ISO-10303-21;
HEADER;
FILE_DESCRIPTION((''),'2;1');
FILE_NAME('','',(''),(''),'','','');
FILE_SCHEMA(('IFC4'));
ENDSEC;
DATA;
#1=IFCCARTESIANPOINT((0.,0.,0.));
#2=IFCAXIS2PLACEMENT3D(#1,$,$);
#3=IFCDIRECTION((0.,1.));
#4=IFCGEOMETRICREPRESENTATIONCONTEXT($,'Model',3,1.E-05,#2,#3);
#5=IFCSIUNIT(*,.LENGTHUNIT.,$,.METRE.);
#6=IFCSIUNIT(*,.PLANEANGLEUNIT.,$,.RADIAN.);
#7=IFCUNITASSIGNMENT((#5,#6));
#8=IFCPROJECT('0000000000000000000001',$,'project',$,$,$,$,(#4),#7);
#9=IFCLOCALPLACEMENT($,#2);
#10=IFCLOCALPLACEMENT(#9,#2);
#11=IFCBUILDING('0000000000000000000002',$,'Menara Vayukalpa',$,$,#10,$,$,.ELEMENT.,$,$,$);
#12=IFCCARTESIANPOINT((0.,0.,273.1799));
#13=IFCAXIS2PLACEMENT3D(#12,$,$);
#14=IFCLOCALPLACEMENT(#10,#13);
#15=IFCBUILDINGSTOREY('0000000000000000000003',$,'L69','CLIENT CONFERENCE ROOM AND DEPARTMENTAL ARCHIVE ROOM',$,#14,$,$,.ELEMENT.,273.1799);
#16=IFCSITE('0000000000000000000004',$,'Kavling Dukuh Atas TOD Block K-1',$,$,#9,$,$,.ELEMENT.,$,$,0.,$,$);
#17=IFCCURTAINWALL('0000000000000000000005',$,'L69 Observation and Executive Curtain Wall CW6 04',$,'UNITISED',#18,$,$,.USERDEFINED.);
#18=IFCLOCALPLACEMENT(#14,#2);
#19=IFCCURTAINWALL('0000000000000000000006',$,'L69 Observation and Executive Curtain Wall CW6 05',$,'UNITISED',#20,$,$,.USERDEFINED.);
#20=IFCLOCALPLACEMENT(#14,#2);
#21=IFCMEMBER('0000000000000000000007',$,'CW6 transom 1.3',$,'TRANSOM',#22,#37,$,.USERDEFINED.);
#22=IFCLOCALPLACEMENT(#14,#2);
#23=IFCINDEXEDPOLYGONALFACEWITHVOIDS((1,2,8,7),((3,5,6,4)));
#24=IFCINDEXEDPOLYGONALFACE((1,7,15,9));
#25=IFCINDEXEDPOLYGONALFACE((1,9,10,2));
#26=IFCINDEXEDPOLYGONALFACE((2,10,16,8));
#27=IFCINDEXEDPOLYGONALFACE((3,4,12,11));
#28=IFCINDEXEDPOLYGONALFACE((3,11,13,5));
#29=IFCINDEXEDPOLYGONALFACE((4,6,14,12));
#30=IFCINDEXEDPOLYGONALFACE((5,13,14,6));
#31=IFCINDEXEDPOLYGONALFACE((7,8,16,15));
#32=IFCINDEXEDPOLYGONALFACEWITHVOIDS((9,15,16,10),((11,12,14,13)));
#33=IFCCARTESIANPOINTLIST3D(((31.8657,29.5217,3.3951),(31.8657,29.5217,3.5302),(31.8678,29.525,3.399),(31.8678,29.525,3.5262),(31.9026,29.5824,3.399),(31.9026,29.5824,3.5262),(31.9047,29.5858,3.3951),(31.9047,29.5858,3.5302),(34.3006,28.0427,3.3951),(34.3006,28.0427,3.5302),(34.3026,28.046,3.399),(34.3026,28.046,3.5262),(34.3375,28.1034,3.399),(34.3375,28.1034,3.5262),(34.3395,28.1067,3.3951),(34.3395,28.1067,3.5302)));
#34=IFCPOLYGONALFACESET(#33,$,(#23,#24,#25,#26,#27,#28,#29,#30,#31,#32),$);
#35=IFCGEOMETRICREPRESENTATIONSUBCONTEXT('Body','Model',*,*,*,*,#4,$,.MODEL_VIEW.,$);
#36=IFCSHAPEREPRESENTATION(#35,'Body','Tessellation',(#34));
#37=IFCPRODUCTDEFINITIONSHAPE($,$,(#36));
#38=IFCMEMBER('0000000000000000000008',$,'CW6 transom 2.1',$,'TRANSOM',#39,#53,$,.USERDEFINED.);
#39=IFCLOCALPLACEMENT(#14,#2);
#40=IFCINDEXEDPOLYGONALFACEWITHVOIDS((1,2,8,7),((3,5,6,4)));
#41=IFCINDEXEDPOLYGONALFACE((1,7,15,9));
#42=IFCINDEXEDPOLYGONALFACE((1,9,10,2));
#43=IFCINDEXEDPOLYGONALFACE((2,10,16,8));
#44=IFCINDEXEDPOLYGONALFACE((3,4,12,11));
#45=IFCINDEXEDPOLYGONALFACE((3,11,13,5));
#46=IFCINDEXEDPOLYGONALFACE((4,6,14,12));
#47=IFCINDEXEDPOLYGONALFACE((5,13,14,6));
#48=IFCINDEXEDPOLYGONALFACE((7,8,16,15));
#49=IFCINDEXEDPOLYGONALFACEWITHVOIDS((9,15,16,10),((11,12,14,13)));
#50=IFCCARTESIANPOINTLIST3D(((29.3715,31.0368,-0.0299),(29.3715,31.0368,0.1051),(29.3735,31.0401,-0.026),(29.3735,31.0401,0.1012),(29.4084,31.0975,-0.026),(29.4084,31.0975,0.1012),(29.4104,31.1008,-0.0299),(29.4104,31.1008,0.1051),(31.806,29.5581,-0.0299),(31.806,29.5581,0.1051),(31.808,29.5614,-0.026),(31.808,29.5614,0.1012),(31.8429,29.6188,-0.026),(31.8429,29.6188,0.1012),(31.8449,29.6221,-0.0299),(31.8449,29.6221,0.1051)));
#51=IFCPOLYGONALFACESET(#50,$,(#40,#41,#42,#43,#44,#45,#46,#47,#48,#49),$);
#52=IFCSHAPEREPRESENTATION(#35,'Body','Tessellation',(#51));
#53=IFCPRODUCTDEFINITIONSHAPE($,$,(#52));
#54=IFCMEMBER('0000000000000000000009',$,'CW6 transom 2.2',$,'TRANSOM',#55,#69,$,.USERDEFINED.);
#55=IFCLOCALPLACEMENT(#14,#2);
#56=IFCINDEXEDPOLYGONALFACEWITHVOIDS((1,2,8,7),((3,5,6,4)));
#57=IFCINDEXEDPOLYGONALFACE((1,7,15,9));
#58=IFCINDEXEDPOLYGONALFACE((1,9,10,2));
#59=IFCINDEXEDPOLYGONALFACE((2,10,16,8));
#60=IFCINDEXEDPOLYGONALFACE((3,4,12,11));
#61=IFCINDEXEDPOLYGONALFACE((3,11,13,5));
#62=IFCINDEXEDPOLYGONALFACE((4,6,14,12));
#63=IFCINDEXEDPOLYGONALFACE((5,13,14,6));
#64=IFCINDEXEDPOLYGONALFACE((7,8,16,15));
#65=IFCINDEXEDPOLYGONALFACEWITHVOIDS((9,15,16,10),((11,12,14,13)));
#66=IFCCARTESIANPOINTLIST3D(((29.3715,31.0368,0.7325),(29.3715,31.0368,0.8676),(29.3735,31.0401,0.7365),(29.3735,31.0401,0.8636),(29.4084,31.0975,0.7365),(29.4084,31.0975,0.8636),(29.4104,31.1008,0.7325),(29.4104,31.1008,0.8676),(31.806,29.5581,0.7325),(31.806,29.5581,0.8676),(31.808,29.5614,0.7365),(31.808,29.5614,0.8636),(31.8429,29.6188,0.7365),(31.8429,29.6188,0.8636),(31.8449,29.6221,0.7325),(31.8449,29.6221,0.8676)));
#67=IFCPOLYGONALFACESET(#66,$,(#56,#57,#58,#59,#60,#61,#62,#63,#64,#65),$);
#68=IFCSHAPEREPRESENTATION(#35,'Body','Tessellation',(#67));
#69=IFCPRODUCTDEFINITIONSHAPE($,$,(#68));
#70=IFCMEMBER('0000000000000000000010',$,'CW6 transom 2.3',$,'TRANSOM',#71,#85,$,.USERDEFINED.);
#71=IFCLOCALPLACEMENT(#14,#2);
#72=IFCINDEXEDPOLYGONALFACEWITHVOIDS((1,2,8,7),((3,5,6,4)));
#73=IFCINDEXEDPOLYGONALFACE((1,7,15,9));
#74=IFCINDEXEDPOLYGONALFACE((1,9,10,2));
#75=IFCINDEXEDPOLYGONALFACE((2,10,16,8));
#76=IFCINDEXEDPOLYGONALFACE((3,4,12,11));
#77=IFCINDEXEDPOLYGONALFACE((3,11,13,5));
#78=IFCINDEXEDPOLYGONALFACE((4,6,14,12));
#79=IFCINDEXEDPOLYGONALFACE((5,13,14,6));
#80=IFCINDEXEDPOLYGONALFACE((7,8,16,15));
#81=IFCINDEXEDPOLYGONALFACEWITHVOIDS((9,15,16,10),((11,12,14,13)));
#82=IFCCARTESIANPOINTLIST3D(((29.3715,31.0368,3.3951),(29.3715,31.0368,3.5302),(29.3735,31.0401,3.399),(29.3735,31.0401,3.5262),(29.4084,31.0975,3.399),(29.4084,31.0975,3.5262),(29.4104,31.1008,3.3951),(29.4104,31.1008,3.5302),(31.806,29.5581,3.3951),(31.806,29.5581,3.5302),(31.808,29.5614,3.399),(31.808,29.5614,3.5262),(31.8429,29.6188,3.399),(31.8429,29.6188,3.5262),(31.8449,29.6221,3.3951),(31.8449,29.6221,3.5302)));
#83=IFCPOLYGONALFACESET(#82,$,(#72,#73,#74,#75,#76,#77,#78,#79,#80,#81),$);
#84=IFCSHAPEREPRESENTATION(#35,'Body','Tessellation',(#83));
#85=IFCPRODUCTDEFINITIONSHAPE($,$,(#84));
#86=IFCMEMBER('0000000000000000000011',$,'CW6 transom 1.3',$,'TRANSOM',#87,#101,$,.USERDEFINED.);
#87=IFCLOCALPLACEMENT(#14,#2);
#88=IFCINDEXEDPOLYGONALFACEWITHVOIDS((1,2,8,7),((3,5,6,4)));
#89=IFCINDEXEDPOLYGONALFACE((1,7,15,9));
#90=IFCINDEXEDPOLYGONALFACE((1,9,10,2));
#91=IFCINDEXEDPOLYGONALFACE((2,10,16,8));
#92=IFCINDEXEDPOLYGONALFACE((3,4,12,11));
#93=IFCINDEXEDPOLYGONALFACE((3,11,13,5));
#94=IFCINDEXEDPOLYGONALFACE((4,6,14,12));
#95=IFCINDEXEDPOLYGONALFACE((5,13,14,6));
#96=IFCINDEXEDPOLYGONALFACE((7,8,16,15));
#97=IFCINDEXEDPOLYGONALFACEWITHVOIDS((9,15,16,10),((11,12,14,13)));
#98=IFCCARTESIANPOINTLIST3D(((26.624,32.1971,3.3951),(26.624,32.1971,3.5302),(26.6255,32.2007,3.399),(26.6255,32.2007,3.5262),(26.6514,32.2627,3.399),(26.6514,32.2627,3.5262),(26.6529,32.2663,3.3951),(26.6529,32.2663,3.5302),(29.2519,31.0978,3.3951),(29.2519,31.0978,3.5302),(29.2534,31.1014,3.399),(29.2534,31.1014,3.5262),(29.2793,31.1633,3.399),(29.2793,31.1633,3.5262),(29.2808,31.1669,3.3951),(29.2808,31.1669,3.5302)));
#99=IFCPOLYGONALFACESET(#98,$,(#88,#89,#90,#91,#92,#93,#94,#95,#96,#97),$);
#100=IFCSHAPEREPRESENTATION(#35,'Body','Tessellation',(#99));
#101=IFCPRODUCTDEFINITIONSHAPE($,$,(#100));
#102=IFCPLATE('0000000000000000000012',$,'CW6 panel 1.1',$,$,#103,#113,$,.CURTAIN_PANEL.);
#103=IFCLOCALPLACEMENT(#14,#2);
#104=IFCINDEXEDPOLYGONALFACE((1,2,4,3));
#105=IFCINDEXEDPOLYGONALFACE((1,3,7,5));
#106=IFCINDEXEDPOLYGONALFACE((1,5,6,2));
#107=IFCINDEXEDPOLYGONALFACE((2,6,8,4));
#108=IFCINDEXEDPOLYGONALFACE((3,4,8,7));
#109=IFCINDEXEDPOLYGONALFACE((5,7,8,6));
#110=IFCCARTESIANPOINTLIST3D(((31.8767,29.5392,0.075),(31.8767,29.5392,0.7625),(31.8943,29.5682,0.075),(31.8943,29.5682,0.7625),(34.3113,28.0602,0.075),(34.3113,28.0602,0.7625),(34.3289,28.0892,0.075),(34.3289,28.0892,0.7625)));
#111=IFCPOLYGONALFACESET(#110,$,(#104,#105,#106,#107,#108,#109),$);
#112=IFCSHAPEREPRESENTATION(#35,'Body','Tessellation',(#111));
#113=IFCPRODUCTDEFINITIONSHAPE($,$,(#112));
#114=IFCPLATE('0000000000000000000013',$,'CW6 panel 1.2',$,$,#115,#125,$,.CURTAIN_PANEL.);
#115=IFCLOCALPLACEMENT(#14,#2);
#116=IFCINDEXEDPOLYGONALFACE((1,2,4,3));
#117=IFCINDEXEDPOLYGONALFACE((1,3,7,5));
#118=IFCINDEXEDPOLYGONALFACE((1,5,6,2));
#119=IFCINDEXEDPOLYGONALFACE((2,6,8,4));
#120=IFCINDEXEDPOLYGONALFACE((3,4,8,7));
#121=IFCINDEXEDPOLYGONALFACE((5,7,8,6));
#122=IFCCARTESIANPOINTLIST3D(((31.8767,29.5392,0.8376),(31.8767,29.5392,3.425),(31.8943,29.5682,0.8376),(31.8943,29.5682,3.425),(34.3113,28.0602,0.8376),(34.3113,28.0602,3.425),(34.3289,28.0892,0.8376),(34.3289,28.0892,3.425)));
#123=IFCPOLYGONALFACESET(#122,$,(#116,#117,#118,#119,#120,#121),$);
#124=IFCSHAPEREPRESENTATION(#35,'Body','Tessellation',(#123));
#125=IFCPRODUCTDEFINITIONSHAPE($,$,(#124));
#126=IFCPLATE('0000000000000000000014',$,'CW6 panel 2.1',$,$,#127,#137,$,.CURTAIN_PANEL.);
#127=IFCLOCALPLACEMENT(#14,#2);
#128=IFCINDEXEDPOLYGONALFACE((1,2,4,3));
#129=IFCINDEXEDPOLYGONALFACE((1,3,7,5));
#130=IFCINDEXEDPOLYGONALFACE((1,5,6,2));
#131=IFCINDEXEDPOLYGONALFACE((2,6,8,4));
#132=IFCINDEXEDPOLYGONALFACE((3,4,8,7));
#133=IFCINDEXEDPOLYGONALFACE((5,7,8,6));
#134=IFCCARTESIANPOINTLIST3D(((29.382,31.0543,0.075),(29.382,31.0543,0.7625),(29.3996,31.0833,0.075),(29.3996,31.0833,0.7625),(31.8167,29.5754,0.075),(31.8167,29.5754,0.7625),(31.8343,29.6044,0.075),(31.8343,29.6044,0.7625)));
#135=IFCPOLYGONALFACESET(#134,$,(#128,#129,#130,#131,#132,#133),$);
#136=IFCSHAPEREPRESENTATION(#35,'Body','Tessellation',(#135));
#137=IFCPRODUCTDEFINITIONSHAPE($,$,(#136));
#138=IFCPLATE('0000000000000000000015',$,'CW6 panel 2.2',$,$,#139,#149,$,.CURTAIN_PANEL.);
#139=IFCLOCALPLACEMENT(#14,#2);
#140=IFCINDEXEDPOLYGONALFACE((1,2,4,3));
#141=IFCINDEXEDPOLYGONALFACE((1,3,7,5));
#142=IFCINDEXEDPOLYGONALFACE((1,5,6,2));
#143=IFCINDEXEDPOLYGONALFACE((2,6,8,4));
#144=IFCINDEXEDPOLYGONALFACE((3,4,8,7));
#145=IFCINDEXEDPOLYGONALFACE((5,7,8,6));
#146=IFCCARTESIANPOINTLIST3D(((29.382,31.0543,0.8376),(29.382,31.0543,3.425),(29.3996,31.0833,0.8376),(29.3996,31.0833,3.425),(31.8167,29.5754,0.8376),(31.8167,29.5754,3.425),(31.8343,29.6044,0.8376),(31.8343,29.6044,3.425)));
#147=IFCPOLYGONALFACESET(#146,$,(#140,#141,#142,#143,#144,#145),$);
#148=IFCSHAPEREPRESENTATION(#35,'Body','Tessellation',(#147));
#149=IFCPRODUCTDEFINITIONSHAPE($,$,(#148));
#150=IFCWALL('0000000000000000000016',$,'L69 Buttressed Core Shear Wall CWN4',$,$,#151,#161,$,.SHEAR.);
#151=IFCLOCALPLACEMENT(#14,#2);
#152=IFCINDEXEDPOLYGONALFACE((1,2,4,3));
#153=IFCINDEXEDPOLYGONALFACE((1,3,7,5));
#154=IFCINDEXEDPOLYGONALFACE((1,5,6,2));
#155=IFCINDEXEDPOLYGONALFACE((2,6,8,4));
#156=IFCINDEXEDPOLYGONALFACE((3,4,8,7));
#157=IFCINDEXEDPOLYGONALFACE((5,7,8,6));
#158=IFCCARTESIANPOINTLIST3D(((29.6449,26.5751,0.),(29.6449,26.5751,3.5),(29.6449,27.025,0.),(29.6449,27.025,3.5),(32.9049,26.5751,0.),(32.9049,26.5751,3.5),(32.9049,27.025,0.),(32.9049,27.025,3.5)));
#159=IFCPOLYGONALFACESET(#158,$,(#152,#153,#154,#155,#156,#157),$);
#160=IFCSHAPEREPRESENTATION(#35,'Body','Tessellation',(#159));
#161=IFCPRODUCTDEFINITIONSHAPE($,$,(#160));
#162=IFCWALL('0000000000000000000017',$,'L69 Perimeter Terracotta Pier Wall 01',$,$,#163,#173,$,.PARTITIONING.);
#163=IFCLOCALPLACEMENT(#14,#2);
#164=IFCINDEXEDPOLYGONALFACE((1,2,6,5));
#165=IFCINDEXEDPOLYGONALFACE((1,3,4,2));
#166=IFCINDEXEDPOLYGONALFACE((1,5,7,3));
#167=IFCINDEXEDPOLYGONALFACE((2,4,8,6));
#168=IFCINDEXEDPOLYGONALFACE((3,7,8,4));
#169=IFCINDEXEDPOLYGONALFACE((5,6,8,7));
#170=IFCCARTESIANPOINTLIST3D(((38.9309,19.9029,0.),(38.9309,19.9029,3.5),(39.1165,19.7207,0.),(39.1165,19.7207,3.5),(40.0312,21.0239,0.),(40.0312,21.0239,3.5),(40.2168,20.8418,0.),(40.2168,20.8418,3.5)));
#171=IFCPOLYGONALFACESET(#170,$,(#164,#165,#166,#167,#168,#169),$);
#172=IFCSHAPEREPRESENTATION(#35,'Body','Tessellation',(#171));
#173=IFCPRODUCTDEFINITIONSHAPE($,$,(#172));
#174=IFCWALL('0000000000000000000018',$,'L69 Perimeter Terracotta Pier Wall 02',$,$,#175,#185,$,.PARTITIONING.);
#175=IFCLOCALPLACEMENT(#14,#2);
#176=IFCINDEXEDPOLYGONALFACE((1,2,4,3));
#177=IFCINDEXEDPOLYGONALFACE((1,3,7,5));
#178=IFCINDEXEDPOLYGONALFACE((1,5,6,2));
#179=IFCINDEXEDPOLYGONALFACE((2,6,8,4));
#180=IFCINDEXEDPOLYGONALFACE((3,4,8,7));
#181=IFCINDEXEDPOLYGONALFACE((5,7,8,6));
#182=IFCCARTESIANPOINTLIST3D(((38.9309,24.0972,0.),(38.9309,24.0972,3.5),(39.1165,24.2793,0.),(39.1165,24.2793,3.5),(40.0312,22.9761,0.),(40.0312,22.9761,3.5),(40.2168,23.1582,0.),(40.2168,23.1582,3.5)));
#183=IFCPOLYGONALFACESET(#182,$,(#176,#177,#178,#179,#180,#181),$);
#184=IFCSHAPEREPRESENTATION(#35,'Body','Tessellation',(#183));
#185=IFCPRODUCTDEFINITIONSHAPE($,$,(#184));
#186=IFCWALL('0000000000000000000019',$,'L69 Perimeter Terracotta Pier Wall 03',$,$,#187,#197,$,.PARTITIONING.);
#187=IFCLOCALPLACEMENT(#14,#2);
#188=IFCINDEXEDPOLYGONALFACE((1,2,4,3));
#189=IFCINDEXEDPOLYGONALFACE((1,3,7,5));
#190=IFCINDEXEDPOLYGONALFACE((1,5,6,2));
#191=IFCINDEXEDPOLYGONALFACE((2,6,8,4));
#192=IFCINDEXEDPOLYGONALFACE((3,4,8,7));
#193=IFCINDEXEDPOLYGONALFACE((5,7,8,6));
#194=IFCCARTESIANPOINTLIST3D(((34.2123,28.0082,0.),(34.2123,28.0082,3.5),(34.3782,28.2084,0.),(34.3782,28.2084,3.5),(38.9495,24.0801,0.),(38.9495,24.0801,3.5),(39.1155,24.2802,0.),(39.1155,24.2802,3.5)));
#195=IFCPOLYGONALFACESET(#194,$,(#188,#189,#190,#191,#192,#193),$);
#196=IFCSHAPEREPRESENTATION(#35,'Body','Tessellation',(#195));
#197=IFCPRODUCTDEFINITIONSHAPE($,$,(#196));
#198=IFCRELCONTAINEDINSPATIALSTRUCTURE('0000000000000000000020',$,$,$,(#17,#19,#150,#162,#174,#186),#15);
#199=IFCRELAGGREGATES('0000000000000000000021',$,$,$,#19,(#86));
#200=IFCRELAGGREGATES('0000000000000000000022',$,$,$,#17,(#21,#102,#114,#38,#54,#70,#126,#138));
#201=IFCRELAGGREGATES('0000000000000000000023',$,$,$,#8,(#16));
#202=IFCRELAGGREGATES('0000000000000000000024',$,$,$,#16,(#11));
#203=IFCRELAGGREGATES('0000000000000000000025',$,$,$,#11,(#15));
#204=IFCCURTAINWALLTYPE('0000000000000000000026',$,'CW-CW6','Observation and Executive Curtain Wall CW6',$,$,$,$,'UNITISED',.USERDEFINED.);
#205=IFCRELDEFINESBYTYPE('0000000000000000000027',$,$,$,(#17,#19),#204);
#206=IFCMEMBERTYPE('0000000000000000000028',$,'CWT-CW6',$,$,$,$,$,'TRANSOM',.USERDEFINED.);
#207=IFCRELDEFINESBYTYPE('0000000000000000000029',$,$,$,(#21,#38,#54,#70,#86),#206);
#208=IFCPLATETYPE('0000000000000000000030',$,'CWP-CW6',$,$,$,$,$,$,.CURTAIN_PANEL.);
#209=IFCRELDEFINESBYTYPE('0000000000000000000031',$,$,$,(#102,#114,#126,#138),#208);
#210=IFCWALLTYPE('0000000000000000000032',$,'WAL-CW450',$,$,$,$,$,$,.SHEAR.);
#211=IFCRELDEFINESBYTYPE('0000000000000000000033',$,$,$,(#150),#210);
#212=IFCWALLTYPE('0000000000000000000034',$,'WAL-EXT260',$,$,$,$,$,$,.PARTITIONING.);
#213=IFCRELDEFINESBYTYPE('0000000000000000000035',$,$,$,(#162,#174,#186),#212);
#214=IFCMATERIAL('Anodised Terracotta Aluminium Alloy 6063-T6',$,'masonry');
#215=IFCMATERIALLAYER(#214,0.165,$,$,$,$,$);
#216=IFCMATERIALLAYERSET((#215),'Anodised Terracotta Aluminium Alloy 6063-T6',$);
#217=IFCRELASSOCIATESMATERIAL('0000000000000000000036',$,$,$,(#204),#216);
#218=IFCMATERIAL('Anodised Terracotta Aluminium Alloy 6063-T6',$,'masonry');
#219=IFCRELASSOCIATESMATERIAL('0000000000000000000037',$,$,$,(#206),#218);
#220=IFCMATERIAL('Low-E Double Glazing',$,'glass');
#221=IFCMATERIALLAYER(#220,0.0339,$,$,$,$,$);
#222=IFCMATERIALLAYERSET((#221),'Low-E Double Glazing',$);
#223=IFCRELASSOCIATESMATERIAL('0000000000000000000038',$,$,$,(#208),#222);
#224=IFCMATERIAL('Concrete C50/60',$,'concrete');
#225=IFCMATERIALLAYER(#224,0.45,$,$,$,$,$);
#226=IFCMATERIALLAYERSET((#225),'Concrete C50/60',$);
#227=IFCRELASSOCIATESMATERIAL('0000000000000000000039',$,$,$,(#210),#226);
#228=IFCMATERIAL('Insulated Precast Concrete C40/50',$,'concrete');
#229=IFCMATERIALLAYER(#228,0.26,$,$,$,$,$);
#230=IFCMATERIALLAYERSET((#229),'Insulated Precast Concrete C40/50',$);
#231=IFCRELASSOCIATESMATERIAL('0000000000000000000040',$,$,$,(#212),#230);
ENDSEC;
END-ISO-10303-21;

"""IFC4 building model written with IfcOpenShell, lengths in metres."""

from ifc_helpers import new_model, si_unit, direction, frame, frame_2d, origin, origin_2d, place, context, subcontext, project, spatial, rectangle, hollow_rectangle, extrude, material, layer, layer_set, material_profile, profile_set, type_object, element, aggregate, save


model = new_model("IFC4")

# Units and contexts
model_context = context("Model", 3, precision=1e-05, world=origin(), true_north=direction((0.0, 1.0)))
body_context = subcontext(model_context, "Body", "Model", "MODEL_VIEW")
ifc_project = project(units=[si_unit("LENGTHUNIT", "METRE"), si_unit("PLANEANGLEUNIT", "RADIAN")], contexts=[model_context])

# Site, building, storey
site_placement = place(None, origin())
site = spatial("IfcSite", under=ifc_project, at=site_placement, Name="Kavling Dukuh Atas TOD Block K-1", CompositionType="ELEMENT", RefElevation=0.0)
building_placement = place(site_placement, origin())
building = spatial("IfcBuilding", under=site, at=building_placement, Name="Menara Vayukalpa", CompositionType="ELEMENT")
storey_placement = place(building_placement, frame((0.0, 0.0, 273.1799)))
storey = spatial("IfcBuildingStorey", under=building, at=storey_placement, Name="L69", Description="CLIENT CONFERENCE ROOM AND DEPARTMENTAL ARCHIVE ROOM", CompositionType="ELEMENT", Elevation=273.1799)

# Curtain wall
ifc_material_1 = material(Name="Anodised Terracotta Aluminium Alloy 6063-T6", Category="masonry")
ifc_layer_1 = layer(ifc_material_1, 0.165)
ifc_layer_set_1 = layer_set([ifc_layer_1], Name="Anodised Terracotta Aluminium Alloy 6063-T6")
curtain_wall_type = type_object("IfcCurtainWallType", Name="CW-CW6", Description="Observation and Executive Curtain Wall CW6", ElementType="UNITISED", PredefinedType="USERDEFINED", material=ifc_layer_set_1)
curtain_wall_1_placement = place(storey_placement, origin())
curtain_wall_1 = element("IfcCurtainWall", 1, at=curtain_wall_1_placement, inside=storey, type_object=curtain_wall_type, Name="L69 Observation and Executive Curtain Wall CW6 04", ObjectType="UNITISED", PredefinedType="USERDEFINED")

# Curtain wall
curtain_wall_2_placement = place(storey_placement, origin())
curtain_wall_2 = element("IfcCurtainWall", 2, at=curtain_wall_2_placement, inside=storey, type_object=curtain_wall_type, Name="L69 Observation and Executive Curtain Wall CW6 05", ObjectType="UNITISED", PredefinedType="USERDEFINED")

# Members
ifc_material_2 = material(Name="Anodised Terracotta Aluminium Alloy 6063-T6", Category="masonry")
ifc_material_profile_1 = material_profile(ifc_material_2, hollow_rectangle(XDim=0.075, YDim=0.135, WallThickness=0.0039, at=origin_2d()), Name="ALU 75x135x4")
ifc_profile_set_1 = profile_set([ifc_material_profile_1], Name="Anodised Terracotta Aluminium Alloy 6063-T6")
member_type_1 = type_object("IfcMemberType", Name="CWT-CW6", ElementType="TRANSOM", PredefinedType="USERDEFINED", material=ifc_profile_set_1)
member_1_placement = place(storey_placement, frame((34.3201, 28.0747, 3.4626), z_axis=(-0.854675, 0.519164, 0.0), x_axis=(-0.519164, -0.854675, 0.0)))
member_1 = element("IfcMember", 3, at=member_1_placement, type_object=member_type_1, Name="CW6 transom 1.3", ObjectType="TRANSOM", PredefinedType="USERDEFINED", context=body_context, shape_type="SweptSolid", body=[
    extrude(hollow_rectangle(XDim=0.075, YDim=0.135, WallThickness=0.0039, at=origin_2d()), origin(), (0.0, 0.0, 1.0), 2.8489),
])
member_2_placement = place(storey_placement, frame((31.8254, 29.5901, 0.0376), z_axis=(-0.85469, 0.519139, 0.0), x_axis=(-0.519139, -0.85469, 0.0)))
member_2 = element("IfcMember", 4, at=member_2_placement, type_object=member_type_1, Name="CW6 transom 2.1", ObjectType="TRANSOM", PredefinedType="USERDEFINED", context=body_context, shape_type="SweptSolid", body=[
    extrude(hollow_rectangle(XDim=0.075, YDim=0.135, WallThickness=0.0039, at=origin_2d()), origin(), (0.0, 0.0, 1.0), 2.8484),
])
member_3_placement = place(storey_placement, frame((31.8254, 29.5901, 0.8), z_axis=(-0.85469, 0.519139, 0.0), x_axis=(-0.519139, -0.85469, 0.0)))
member_3 = element("IfcMember", 5, at=member_3_placement, type_object=member_type_1, Name="CW6 transom 2.2", ObjectType="TRANSOM", PredefinedType="USERDEFINED", context=body_context, shape_type="SweptSolid", body=[
    extrude(hollow_rectangle(XDim=0.075, YDim=0.135, WallThickness=0.0039, at=origin_2d()), origin(), (0.0, 0.0, 1.0), 2.8484),
])
member_4_placement = place(storey_placement, frame((31.8254, 29.5901, 3.4626), z_axis=(-0.85469, 0.519139, 0.0), x_axis=(-0.519139, -0.85469, 0.0)))
member_4 = element("IfcMember", 6, at=member_4_placement, type_object=member_type_1, Name="CW6 transom 2.3", ObjectType="TRANSOM", PredefinedType="USERDEFINED", context=body_context, shape_type="SweptSolid", body=[
    extrude(hollow_rectangle(XDim=0.075, YDim=0.135, WallThickness=0.0039, at=origin_2d()), origin(), (0.0, 0.0, 1.0), 2.8484),
])
member_5_placement = place(storey_placement, frame((29.2664, 31.1323, 3.4626), z_axis=(-0.922528, 0.385929, 0.0), x_axis=(-0.385929, -0.922528, 0.0)))
member_5 = element("IfcMember", 7, at=member_5_placement, type_object=member_type_1, Name="CW6 transom 1.3", ObjectType="TRANSOM", PredefinedType="USERDEFINED", context=body_context, shape_type="SweptSolid", body=[
    extrude(hollow_rectangle(XDim=0.075, YDim=0.135, WallThickness=0.0039, at=origin_2d()), origin(), (0.0, 0.0, 1.0), 2.8486),
])
aggregate(curtain_wall_2, [member_5])

# Plates
ifc_material_3 = material(Name="Low-E Double Glazing", Category="glass")
ifc_layer_2 = layer(ifc_material_3, 0.0339)
ifc_layer_set_2 = layer_set([ifc_layer_2], Name="Low-E Double Glazing")
plate_type = type_object("IfcPlateType", Name="CWP-CW6", PredefinedType="CURTAIN_PANEL", material=ifc_layer_set_2)
plate_1_placement = place(storey_placement, frame((33.1028, 28.8142, 0.075), z_axis=(0.0, 0.0, 1.0), x_axis=(-0.854668, 0.519176, 0.0)))
plate_1 = element("IfcPlate", 8, at=plate_1_placement, type_object=plate_type, Name="CW6 panel 1.1", PredefinedType="CURTAIN_PANEL", context=body_context, shape_type="SweptSolid", body=[
    extrude(rectangle(XDim=2.8486, YDim=0.0339, at=origin_2d()), origin(), (0.0, 0.0, 1.0), 0.6875),
])
plate_2_placement = place(storey_placement, frame((33.1028, 28.8142, 0.8376), z_axis=(0.0, 0.0, 1.0), x_axis=(-0.854668, 0.519176, 0.0)))
plate_2 = element("IfcPlate", 9, at=plate_2_placement, type_object=plate_type, Name="CW6 panel 1.2", PredefinedType="CURTAIN_PANEL", context=body_context, shape_type="SweptSolid", body=[
    extrude(rectangle(XDim=2.8486, YDim=0.0339, at=origin_2d()), origin(), (0.0, 0.0, 1.0), 2.5874),
])
plate_3_placement = place(storey_placement, frame((30.6082, 30.3293, 0.075), z_axis=(0.0, 0.0, 1.0), x_axis=(-0.854668, 0.519176, 0.0)))
plate_3 = element("IfcPlate", 10, at=plate_3_placement, type_object=plate_type, Name="CW6 panel 2.1", PredefinedType="CURTAIN_PANEL", context=body_context, shape_type="SweptSolid", body=[
    extrude(rectangle(XDim=2.8486, YDim=0.0339, at=origin_2d()), origin(), (0.0, 0.0, 1.0), 0.6875),
])
plate_4_placement = place(storey_placement, frame((30.6082, 30.3293, 0.8376), z_axis=(0.0, 0.0, 1.0), x_axis=(-0.854668, 0.519176, 0.0)))
plate_4 = element("IfcPlate", 11, at=plate_4_placement, type_object=plate_type, Name="CW6 panel 2.2", PredefinedType="CURTAIN_PANEL", context=body_context, shape_type="SweptSolid", body=[
    extrude(rectangle(XDim=2.8486, YDim=0.0339, at=origin_2d()), origin(), (0.0, 0.0, 1.0), 2.5874),
])
aggregate(curtain_wall_1, [member_1, plate_1, plate_2, member_2, member_3, member_4, plate_3, plate_4])

# Walls
ifc_material_4 = material(Name="Concrete C50/60", Category="concrete")
ifc_layer_3 = layer(ifc_material_4, 0.45)
ifc_layer_set_3 = layer_set([ifc_layer_3], Name="Concrete C50/60")
wall_type_1 = type_object("IfcWallType", Name="WAL-CW450", PredefinedType="SHEAR", material=ifc_layer_set_3)
wall_1_placement = place(storey_placement, frame((29.645, 26.8, 0.0), z_axis=(0.0, 0.0, 1.0), x_axis=(1.0, 0.0, 0.0)))
element("IfcWall", 12, at=wall_1_placement, inside=storey, type_object=wall_type_1, Name="L69 Buttressed Core Shear Wall CWN4", PredefinedType="SHEAR", context=body_context, shape_type="SweptSolid", body=[
    extrude(rectangle(XDim=3.26, YDim=0.45, at=frame_2d((1.6299, 0.0))), origin(), (0.0, 0.0, 1.0), 3.5),
])
ifc_material_5 = material(Name="Insulated Precast Concrete C40/50", Category="concrete")
ifc_layer_4 = layer(ifc_material_5, 0.26)
ifc_layer_set_4 = layer_set([ifc_layer_4], Name="Insulated Precast Concrete C40/50")
wall_type_2 = type_object("IfcWallType", Name="WAL-EXT260", PredefinedType="PARTITIONING", material=ifc_layer_set_4)
for number, where, z_axis, x_axis, name in (
    (13, (40.124, 20.9329, 0.0), (0.0, 0.0, 1.0), (-0.700471, -0.713681, 0.0), "L69 Perimeter Terracotta Pier Wall 01"),
    (14, (39.0237, 24.1882, 0.0), (0.0, 0.0, 1.0), (0.700471, -0.713681, 0.0), "L69 Perimeter Terracotta Pier Wall 02"),
):
    element("IfcWall", number, at=place(storey_placement, frame(where, z_axis=z_axis, x_axis=x_axis)), inside=storey, type_object=wall_type_2, Name=name, PredefinedType="PARTITIONING", context=body_context, shape_type="SweptSolid", body=[
        extrude(rectangle(XDim=1.5708, YDim=0.26, at=frame_2d((0.7854, 0.0))), origin(), (0.0, 0.0, 1.0), 3.5),
    ])
wall_2_placement = place(storey_placement, frame((34.2952, 28.1084, 0.0), z_axis=(0.0, 0.0, 1.0), x_axis=(0.76978, -0.638309, 0.0)))
element("IfcWall", 15, at=wall_2_placement, inside=storey, type_object=wall_type_2, Name="L69 Perimeter Terracotta Pier Wall 03", PredefinedType="PARTITIONING", context=body_context, shape_type="SweptSolid", body=[
    extrude(rectangle(XDim=6.1541, YDim=0.26, at=frame_2d((3.0771, 0.0))), origin(), (0.0, 0.0, 1.0), 3.5),
])

save(model, "model.ifc")
